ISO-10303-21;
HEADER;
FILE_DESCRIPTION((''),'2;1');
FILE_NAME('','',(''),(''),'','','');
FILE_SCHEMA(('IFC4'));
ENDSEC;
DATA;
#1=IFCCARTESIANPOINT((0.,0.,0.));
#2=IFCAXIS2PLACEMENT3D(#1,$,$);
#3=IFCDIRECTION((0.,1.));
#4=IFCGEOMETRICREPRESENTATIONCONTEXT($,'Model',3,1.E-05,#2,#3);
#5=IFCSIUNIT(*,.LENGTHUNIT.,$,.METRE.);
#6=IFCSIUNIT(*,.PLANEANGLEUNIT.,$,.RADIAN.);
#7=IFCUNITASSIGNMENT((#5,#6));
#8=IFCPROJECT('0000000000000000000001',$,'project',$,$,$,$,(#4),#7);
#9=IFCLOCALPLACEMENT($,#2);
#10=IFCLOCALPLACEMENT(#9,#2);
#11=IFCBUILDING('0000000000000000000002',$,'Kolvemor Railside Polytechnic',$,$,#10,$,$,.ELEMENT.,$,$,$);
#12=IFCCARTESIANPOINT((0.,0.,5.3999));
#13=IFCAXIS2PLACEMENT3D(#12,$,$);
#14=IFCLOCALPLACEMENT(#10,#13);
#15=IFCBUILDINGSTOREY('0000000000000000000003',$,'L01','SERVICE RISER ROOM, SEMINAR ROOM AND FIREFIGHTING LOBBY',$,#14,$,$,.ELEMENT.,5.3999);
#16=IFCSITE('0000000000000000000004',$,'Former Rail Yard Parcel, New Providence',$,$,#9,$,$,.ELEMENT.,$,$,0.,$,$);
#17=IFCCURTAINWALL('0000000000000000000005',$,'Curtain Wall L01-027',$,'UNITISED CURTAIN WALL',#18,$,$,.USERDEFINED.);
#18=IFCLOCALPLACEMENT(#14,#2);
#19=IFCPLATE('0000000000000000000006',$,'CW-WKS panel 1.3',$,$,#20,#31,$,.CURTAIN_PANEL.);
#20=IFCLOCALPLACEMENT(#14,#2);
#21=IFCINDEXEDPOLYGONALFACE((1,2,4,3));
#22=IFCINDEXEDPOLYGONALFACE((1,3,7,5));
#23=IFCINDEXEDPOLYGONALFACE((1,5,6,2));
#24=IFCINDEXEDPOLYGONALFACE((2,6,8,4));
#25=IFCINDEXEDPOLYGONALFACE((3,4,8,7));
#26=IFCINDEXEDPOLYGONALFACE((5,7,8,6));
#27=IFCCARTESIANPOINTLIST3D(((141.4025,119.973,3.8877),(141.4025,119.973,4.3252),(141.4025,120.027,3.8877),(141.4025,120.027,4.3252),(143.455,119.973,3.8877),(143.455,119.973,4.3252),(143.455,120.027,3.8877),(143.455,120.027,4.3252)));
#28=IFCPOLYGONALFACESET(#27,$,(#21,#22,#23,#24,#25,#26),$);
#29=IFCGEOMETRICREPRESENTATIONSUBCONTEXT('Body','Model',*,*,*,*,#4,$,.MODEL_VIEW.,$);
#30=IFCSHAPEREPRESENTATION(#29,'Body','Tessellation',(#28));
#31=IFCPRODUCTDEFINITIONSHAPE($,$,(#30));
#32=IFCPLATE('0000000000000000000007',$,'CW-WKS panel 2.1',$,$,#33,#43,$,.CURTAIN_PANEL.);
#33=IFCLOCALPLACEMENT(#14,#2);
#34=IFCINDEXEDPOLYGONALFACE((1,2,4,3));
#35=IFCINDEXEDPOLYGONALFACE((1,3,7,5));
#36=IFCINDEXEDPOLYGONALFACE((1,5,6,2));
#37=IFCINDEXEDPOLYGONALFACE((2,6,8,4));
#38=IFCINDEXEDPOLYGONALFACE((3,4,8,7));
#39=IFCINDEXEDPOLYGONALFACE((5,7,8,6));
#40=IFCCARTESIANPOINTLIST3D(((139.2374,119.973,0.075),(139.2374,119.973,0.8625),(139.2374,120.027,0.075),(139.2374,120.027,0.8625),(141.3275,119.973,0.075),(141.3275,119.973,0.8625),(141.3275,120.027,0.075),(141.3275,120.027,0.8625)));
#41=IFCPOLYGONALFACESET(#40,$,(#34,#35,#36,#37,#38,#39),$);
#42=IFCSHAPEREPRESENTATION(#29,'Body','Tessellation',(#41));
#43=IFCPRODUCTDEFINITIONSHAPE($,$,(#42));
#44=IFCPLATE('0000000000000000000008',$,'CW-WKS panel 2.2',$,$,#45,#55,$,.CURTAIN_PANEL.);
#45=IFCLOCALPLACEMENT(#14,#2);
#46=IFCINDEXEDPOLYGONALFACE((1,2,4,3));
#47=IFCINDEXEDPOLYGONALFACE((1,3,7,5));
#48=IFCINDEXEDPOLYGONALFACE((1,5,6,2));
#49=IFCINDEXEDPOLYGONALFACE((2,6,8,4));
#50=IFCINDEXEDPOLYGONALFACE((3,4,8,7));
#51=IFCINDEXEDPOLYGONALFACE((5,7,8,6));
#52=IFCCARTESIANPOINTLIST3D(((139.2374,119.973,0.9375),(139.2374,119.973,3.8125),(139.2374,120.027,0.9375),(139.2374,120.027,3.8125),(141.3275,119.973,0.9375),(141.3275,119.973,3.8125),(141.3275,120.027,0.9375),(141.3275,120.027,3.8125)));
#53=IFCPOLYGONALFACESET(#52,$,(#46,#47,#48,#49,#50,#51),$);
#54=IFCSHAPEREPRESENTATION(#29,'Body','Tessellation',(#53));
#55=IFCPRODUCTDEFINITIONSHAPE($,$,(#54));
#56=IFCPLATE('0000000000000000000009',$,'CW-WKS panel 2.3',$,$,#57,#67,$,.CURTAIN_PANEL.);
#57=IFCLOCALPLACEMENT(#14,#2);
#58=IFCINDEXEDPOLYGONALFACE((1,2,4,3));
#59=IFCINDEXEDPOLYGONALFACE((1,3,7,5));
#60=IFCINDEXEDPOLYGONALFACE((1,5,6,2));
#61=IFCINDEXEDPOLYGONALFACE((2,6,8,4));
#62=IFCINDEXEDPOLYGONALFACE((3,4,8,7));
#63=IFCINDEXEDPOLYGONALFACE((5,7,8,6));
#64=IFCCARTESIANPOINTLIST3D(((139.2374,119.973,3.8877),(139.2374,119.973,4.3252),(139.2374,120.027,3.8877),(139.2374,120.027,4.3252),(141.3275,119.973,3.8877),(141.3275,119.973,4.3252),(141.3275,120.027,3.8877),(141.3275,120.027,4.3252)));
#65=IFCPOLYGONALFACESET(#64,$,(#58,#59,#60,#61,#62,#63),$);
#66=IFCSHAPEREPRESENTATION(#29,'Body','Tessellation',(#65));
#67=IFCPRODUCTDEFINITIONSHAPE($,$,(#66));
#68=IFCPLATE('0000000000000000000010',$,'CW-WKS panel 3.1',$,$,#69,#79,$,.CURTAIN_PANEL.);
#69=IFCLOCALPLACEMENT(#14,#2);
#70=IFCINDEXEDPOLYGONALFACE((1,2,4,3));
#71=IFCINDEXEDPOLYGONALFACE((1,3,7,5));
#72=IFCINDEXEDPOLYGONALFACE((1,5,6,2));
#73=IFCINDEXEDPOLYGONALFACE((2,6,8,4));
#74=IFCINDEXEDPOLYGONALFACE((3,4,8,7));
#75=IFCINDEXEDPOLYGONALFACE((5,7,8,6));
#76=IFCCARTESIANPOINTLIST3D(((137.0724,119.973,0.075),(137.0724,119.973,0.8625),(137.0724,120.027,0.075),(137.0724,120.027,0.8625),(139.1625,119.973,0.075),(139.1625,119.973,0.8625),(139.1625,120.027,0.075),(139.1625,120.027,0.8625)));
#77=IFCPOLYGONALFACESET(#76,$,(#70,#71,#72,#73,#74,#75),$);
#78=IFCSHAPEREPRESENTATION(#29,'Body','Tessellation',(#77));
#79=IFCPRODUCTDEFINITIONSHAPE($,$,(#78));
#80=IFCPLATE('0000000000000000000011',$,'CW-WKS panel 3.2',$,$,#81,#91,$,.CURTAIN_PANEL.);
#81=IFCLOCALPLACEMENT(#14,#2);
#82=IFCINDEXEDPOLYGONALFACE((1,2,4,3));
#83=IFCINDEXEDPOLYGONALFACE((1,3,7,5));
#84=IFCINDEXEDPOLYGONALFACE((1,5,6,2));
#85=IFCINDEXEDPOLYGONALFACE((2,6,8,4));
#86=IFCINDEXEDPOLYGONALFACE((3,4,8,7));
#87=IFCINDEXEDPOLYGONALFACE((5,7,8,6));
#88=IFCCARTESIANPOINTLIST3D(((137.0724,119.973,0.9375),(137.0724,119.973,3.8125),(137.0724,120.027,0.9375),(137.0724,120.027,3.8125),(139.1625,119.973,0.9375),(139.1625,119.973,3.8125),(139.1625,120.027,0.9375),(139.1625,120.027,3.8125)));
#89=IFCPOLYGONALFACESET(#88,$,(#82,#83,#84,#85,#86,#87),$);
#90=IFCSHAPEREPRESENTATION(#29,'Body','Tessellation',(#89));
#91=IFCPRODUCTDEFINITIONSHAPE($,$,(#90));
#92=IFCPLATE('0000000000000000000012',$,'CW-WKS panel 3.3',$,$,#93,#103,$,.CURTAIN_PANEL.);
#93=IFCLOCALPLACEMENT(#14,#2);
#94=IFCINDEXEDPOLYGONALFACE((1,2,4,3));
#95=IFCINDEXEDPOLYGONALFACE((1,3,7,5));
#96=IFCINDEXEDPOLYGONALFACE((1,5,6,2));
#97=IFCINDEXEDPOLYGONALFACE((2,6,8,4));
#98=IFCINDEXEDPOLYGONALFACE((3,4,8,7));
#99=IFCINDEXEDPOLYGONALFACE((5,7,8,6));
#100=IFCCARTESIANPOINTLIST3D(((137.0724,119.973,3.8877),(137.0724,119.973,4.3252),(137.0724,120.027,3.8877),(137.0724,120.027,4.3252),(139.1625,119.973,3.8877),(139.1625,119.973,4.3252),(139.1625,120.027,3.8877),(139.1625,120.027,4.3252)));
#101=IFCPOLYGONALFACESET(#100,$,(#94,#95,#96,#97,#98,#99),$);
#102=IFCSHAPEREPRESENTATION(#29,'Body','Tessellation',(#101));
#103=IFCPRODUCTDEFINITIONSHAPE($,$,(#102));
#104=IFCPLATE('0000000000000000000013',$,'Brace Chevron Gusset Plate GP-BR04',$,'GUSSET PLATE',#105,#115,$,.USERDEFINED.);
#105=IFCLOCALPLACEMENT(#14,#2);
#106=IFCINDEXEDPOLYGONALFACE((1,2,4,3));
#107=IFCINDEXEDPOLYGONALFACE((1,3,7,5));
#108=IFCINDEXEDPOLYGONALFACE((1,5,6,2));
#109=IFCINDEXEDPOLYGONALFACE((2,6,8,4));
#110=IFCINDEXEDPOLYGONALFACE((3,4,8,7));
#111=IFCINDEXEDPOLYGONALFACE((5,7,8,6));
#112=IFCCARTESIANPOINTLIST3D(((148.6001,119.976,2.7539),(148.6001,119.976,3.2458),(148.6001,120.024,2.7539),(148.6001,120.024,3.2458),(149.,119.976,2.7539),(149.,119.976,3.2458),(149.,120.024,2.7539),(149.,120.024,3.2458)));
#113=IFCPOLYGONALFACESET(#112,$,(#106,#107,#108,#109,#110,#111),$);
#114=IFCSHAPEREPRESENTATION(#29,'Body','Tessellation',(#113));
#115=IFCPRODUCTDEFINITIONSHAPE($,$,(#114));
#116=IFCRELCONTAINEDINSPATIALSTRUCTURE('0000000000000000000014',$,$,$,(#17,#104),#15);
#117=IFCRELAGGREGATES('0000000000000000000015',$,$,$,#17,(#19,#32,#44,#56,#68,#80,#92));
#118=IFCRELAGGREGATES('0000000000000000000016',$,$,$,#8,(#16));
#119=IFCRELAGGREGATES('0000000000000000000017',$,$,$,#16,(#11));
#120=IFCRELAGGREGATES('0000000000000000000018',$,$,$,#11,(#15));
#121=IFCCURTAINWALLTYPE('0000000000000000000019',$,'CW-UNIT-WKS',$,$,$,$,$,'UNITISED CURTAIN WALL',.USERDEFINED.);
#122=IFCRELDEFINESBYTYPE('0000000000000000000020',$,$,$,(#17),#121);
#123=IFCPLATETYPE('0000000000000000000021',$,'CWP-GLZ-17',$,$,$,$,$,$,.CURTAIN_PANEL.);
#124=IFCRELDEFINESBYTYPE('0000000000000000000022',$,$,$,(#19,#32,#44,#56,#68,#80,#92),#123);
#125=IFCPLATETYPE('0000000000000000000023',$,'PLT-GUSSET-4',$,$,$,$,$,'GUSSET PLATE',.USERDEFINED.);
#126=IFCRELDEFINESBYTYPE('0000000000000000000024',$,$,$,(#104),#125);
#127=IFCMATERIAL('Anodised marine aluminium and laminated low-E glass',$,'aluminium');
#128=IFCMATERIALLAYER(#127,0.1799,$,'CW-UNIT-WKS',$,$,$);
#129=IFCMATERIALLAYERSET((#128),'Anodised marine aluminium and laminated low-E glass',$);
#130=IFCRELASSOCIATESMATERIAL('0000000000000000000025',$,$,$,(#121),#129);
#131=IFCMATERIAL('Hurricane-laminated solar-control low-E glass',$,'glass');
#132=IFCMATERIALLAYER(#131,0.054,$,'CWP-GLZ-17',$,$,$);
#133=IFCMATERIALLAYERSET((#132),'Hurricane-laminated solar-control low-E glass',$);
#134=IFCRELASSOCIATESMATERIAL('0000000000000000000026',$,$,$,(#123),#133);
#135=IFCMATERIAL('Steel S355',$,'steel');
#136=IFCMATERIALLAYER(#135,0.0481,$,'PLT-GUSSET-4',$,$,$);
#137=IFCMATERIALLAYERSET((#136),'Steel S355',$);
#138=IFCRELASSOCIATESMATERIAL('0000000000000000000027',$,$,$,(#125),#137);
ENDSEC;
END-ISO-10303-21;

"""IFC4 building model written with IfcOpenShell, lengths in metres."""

from ifc_helpers import new_model, si_unit, direction, frame, origin, origin_2d, place, context, subcontext, project, spatial, rectangle, extrude, material, layer, layer_set, type_object, element, aggregate, save


model = new_model("IFC4")

# Units and contexts
model_context = context("Model", 3, precision=1e-05, world=origin(), true_north=direction((0.0, 1.0)))
body_context = subcontext(model_context, "Body", "Model", "MODEL_VIEW")
ifc_project = project(units=[si_unit("LENGTHUNIT", "METRE"), si_unit("PLANEANGLEUNIT", "RADIAN")], contexts=[model_context])

# Site, building, storey
site_placement = place(None, origin())
site = spatial("IfcSite", under=ifc_project, at=site_placement, Name="Former Rail Yard Parcel, New Providence", CompositionType="ELEMENT", RefElevation=0.0)
building_placement = place(site_placement, origin())
building = spatial("IfcBuilding", under=site, at=building_placement, Name="Kolvemor Railside Polytechnic", CompositionType="ELEMENT")
storey_placement = place(building_placement, frame((0.0, 0.0, 5.3999)))
storey = spatial("IfcBuildingStorey", under=building, at=storey_placement, Name="L01", Description="SERVICE RISER ROOM, SEMINAR ROOM AND FIREFIGHTING LOBBY", CompositionType="ELEMENT", Elevation=5.3999)

# Curtain wall
ifc_material_1 = material(Name="Anodised marine aluminium and laminated low-E glass", Category="aluminium")
ifc_layer_1 = layer(ifc_material_1, 0.1799, Name="CW-UNIT-WKS")
ifc_layer_set_1 = layer_set([ifc_layer_1], Name="Anodised marine aluminium and laminated low-E glass")
curtain_wall_type = type_object("IfcCurtainWallType", Name="CW-UNIT-WKS", ElementType="UNITISED CURTAIN WALL", PredefinedType="USERDEFINED", material=ifc_layer_set_1)
curtain_wall_placement = place(storey_placement, origin())
curtain_wall = element("IfcCurtainWall", 1, at=curtain_wall_placement, inside=storey, type_object=curtain_wall_type, Name="Curtain Wall L01-027", ObjectType="UNITISED CURTAIN WALL", PredefinedType="USERDEFINED")

# Plates
ifc_material_2 = material(Name="Hurricane-laminated solar-control low-E glass", Category="glass")
ifc_layer_2 = layer(ifc_material_2, 0.054, Name="CWP-GLZ-17")
ifc_layer_set_2 = layer_set([ifc_layer_2], Name="Hurricane-laminated solar-control low-E glass")
plate_type_1 = type_object("IfcPlateType", Name="CWP-GLZ-17", PredefinedType="CURTAIN_PANEL", material=ifc_layer_set_2)
plate_1_placement = place(storey_placement, frame((142.4287, 120.0, 3.8877), z_axis=(0.0, 0.0, 1.0), x_axis=(-1.0, 0.0, 0.0)))
plate_1 = element("IfcPlate", 2, at=plate_1_placement, type_object=plate_type_1, Name="CW-WKS panel 1.3", PredefinedType="CURTAIN_PANEL", context=body_context, shape_type="SweptSolid", body=[
    extrude(rectangle(XDim=2.0525, YDim=0.054, at=origin_2d()), origin(), (0.0, 0.0, 1.0), 0.4375),
])
plate_2_placement = place(storey_placement, frame((140.2825, 120.0, 0.075), z_axis=(0.0, 0.0, 1.0), x_axis=(-1.0, 0.0, 0.0)))
plate_2 = element("IfcPlate", 3, at=plate_2_placement, type_object=plate_type_1, Name="CW-WKS panel 2.1", PredefinedType="CURTAIN_PANEL", context=body_context, shape_type="SweptSolid", body=[
    extrude(rectangle(XDim=2.0901, YDim=0.054, at=origin_2d()), origin(), (0.0, 0.0, 1.0), 0.7876),
])
plate_3_placement = place(storey_placement, frame((140.2825, 120.0, 0.9375), z_axis=(0.0, 0.0, 1.0), x_axis=(-1.0, 0.0, 0.0)))
plate_3 = element("IfcPlate", 4, at=plate_3_placement, type_object=plate_type_1, Name="CW-WKS panel 2.2", PredefinedType="CURTAIN_PANEL", context=body_context, shape_type="SweptSolid", body=[
    extrude(rectangle(XDim=2.0901, YDim=0.054, at=origin_2d()), origin(), (0.0, 0.0, 1.0), 2.875),
])
plate_4_placement = place(storey_placement, frame((140.2825, 120.0, 3.8877), z_axis=(0.0, 0.0, 1.0), x_axis=(-1.0, 0.0, 0.0)))
plate_4 = element("IfcPlate", 5, at=plate_4_placement, type_object=plate_type_1, Name="CW-WKS panel 2.3", PredefinedType="CURTAIN_PANEL", context=body_context, shape_type="SweptSolid", body=[
    extrude(rectangle(XDim=2.0901, YDim=0.054, at=origin_2d()), origin(), (0.0, 0.0, 1.0), 0.4375),
])
plate_5_placement = place(storey_placement, frame((138.1174, 120.0, 0.075), z_axis=(0.0, 0.0, 1.0), x_axis=(-1.0, 0.0, 0.0)))
plate_5 = element("IfcPlate", 6, at=plate_5_placement, type_object=plate_type_1, Name="CW-WKS panel 3.1", PredefinedType="CURTAIN_PANEL", context=body_context, shape_type="SweptSolid", body=[
    extrude(rectangle(XDim=2.0901, YDim=0.054, at=origin_2d()), origin(), (0.0, 0.0, 1.0), 0.7876),
])
plate_6_placement = place(storey_placement, frame((138.1174, 120.0, 0.9375), z_axis=(0.0, 0.0, 1.0), x_axis=(-1.0, 0.0, 0.0)))
plate_6 = element("IfcPlate", 7, at=plate_6_placement, type_object=plate_type_1, Name="CW-WKS panel 3.2", PredefinedType="CURTAIN_PANEL", context=body_context, shape_type="SweptSolid", body=[
    extrude(rectangle(XDim=2.0901, YDim=0.054, at=origin_2d()), origin(), (0.0, 0.0, 1.0), 2.875),
])
plate_7_placement = place(storey_placement, frame((138.1174, 120.0, 3.8877), z_axis=(0.0, 0.0, 1.0), x_axis=(-1.0, 0.0, 0.0)))
plate_7 = element("IfcPlate", 8, at=plate_7_placement, type_object=plate_type_1, Name="CW-WKS panel 3.3", PredefinedType="CURTAIN_PANEL", context=body_context, shape_type="SweptSolid", body=[
    extrude(rectangle(XDim=2.0901, YDim=0.054, at=origin_2d()), origin(), (0.0, 0.0, 1.0), 0.4375),
])
aggregate(curtain_wall, [plate_1, plate_2, plate_3, plate_4, plate_5, plate_6, plate_7])
ifc_material_3 = material(Name="Steel S355", Category="steel")
ifc_layer_3 = layer(ifc_material_3, 0.0481, Name="PLT-GUSSET-4")
ifc_layer_set_3 = layer_set([ifc_layer_3], Name="Steel S355")
plate_type_2 = type_object("IfcPlateType", Name="PLT-GUSSET-4", ElementType="GUSSET PLATE", PredefinedType="USERDEFINED", material=ifc_layer_set_3)
plate_8_placement = place(storey_placement, frame((148.8, 120.0, 2.7539), z_axis=(0.0, 0.0, 1.0), x_axis=(1.0, 0.0, 0.0)))
element("IfcPlate", 9, at=plate_8_placement, inside=storey, type_object=plate_type_2, Name="Brace Chevron Gusset Plate GP-BR04", ObjectType="GUSSET PLATE", PredefinedType="USERDEFINED", context=body_context, shape_type="SweptSolid", body=[
    extrude(rectangle(XDim=0.3999, YDim=0.0481, at=origin_2d()), origin(), (0.0, 0.0, 1.0), 0.4919),
])

save(model, "model.ifc")
